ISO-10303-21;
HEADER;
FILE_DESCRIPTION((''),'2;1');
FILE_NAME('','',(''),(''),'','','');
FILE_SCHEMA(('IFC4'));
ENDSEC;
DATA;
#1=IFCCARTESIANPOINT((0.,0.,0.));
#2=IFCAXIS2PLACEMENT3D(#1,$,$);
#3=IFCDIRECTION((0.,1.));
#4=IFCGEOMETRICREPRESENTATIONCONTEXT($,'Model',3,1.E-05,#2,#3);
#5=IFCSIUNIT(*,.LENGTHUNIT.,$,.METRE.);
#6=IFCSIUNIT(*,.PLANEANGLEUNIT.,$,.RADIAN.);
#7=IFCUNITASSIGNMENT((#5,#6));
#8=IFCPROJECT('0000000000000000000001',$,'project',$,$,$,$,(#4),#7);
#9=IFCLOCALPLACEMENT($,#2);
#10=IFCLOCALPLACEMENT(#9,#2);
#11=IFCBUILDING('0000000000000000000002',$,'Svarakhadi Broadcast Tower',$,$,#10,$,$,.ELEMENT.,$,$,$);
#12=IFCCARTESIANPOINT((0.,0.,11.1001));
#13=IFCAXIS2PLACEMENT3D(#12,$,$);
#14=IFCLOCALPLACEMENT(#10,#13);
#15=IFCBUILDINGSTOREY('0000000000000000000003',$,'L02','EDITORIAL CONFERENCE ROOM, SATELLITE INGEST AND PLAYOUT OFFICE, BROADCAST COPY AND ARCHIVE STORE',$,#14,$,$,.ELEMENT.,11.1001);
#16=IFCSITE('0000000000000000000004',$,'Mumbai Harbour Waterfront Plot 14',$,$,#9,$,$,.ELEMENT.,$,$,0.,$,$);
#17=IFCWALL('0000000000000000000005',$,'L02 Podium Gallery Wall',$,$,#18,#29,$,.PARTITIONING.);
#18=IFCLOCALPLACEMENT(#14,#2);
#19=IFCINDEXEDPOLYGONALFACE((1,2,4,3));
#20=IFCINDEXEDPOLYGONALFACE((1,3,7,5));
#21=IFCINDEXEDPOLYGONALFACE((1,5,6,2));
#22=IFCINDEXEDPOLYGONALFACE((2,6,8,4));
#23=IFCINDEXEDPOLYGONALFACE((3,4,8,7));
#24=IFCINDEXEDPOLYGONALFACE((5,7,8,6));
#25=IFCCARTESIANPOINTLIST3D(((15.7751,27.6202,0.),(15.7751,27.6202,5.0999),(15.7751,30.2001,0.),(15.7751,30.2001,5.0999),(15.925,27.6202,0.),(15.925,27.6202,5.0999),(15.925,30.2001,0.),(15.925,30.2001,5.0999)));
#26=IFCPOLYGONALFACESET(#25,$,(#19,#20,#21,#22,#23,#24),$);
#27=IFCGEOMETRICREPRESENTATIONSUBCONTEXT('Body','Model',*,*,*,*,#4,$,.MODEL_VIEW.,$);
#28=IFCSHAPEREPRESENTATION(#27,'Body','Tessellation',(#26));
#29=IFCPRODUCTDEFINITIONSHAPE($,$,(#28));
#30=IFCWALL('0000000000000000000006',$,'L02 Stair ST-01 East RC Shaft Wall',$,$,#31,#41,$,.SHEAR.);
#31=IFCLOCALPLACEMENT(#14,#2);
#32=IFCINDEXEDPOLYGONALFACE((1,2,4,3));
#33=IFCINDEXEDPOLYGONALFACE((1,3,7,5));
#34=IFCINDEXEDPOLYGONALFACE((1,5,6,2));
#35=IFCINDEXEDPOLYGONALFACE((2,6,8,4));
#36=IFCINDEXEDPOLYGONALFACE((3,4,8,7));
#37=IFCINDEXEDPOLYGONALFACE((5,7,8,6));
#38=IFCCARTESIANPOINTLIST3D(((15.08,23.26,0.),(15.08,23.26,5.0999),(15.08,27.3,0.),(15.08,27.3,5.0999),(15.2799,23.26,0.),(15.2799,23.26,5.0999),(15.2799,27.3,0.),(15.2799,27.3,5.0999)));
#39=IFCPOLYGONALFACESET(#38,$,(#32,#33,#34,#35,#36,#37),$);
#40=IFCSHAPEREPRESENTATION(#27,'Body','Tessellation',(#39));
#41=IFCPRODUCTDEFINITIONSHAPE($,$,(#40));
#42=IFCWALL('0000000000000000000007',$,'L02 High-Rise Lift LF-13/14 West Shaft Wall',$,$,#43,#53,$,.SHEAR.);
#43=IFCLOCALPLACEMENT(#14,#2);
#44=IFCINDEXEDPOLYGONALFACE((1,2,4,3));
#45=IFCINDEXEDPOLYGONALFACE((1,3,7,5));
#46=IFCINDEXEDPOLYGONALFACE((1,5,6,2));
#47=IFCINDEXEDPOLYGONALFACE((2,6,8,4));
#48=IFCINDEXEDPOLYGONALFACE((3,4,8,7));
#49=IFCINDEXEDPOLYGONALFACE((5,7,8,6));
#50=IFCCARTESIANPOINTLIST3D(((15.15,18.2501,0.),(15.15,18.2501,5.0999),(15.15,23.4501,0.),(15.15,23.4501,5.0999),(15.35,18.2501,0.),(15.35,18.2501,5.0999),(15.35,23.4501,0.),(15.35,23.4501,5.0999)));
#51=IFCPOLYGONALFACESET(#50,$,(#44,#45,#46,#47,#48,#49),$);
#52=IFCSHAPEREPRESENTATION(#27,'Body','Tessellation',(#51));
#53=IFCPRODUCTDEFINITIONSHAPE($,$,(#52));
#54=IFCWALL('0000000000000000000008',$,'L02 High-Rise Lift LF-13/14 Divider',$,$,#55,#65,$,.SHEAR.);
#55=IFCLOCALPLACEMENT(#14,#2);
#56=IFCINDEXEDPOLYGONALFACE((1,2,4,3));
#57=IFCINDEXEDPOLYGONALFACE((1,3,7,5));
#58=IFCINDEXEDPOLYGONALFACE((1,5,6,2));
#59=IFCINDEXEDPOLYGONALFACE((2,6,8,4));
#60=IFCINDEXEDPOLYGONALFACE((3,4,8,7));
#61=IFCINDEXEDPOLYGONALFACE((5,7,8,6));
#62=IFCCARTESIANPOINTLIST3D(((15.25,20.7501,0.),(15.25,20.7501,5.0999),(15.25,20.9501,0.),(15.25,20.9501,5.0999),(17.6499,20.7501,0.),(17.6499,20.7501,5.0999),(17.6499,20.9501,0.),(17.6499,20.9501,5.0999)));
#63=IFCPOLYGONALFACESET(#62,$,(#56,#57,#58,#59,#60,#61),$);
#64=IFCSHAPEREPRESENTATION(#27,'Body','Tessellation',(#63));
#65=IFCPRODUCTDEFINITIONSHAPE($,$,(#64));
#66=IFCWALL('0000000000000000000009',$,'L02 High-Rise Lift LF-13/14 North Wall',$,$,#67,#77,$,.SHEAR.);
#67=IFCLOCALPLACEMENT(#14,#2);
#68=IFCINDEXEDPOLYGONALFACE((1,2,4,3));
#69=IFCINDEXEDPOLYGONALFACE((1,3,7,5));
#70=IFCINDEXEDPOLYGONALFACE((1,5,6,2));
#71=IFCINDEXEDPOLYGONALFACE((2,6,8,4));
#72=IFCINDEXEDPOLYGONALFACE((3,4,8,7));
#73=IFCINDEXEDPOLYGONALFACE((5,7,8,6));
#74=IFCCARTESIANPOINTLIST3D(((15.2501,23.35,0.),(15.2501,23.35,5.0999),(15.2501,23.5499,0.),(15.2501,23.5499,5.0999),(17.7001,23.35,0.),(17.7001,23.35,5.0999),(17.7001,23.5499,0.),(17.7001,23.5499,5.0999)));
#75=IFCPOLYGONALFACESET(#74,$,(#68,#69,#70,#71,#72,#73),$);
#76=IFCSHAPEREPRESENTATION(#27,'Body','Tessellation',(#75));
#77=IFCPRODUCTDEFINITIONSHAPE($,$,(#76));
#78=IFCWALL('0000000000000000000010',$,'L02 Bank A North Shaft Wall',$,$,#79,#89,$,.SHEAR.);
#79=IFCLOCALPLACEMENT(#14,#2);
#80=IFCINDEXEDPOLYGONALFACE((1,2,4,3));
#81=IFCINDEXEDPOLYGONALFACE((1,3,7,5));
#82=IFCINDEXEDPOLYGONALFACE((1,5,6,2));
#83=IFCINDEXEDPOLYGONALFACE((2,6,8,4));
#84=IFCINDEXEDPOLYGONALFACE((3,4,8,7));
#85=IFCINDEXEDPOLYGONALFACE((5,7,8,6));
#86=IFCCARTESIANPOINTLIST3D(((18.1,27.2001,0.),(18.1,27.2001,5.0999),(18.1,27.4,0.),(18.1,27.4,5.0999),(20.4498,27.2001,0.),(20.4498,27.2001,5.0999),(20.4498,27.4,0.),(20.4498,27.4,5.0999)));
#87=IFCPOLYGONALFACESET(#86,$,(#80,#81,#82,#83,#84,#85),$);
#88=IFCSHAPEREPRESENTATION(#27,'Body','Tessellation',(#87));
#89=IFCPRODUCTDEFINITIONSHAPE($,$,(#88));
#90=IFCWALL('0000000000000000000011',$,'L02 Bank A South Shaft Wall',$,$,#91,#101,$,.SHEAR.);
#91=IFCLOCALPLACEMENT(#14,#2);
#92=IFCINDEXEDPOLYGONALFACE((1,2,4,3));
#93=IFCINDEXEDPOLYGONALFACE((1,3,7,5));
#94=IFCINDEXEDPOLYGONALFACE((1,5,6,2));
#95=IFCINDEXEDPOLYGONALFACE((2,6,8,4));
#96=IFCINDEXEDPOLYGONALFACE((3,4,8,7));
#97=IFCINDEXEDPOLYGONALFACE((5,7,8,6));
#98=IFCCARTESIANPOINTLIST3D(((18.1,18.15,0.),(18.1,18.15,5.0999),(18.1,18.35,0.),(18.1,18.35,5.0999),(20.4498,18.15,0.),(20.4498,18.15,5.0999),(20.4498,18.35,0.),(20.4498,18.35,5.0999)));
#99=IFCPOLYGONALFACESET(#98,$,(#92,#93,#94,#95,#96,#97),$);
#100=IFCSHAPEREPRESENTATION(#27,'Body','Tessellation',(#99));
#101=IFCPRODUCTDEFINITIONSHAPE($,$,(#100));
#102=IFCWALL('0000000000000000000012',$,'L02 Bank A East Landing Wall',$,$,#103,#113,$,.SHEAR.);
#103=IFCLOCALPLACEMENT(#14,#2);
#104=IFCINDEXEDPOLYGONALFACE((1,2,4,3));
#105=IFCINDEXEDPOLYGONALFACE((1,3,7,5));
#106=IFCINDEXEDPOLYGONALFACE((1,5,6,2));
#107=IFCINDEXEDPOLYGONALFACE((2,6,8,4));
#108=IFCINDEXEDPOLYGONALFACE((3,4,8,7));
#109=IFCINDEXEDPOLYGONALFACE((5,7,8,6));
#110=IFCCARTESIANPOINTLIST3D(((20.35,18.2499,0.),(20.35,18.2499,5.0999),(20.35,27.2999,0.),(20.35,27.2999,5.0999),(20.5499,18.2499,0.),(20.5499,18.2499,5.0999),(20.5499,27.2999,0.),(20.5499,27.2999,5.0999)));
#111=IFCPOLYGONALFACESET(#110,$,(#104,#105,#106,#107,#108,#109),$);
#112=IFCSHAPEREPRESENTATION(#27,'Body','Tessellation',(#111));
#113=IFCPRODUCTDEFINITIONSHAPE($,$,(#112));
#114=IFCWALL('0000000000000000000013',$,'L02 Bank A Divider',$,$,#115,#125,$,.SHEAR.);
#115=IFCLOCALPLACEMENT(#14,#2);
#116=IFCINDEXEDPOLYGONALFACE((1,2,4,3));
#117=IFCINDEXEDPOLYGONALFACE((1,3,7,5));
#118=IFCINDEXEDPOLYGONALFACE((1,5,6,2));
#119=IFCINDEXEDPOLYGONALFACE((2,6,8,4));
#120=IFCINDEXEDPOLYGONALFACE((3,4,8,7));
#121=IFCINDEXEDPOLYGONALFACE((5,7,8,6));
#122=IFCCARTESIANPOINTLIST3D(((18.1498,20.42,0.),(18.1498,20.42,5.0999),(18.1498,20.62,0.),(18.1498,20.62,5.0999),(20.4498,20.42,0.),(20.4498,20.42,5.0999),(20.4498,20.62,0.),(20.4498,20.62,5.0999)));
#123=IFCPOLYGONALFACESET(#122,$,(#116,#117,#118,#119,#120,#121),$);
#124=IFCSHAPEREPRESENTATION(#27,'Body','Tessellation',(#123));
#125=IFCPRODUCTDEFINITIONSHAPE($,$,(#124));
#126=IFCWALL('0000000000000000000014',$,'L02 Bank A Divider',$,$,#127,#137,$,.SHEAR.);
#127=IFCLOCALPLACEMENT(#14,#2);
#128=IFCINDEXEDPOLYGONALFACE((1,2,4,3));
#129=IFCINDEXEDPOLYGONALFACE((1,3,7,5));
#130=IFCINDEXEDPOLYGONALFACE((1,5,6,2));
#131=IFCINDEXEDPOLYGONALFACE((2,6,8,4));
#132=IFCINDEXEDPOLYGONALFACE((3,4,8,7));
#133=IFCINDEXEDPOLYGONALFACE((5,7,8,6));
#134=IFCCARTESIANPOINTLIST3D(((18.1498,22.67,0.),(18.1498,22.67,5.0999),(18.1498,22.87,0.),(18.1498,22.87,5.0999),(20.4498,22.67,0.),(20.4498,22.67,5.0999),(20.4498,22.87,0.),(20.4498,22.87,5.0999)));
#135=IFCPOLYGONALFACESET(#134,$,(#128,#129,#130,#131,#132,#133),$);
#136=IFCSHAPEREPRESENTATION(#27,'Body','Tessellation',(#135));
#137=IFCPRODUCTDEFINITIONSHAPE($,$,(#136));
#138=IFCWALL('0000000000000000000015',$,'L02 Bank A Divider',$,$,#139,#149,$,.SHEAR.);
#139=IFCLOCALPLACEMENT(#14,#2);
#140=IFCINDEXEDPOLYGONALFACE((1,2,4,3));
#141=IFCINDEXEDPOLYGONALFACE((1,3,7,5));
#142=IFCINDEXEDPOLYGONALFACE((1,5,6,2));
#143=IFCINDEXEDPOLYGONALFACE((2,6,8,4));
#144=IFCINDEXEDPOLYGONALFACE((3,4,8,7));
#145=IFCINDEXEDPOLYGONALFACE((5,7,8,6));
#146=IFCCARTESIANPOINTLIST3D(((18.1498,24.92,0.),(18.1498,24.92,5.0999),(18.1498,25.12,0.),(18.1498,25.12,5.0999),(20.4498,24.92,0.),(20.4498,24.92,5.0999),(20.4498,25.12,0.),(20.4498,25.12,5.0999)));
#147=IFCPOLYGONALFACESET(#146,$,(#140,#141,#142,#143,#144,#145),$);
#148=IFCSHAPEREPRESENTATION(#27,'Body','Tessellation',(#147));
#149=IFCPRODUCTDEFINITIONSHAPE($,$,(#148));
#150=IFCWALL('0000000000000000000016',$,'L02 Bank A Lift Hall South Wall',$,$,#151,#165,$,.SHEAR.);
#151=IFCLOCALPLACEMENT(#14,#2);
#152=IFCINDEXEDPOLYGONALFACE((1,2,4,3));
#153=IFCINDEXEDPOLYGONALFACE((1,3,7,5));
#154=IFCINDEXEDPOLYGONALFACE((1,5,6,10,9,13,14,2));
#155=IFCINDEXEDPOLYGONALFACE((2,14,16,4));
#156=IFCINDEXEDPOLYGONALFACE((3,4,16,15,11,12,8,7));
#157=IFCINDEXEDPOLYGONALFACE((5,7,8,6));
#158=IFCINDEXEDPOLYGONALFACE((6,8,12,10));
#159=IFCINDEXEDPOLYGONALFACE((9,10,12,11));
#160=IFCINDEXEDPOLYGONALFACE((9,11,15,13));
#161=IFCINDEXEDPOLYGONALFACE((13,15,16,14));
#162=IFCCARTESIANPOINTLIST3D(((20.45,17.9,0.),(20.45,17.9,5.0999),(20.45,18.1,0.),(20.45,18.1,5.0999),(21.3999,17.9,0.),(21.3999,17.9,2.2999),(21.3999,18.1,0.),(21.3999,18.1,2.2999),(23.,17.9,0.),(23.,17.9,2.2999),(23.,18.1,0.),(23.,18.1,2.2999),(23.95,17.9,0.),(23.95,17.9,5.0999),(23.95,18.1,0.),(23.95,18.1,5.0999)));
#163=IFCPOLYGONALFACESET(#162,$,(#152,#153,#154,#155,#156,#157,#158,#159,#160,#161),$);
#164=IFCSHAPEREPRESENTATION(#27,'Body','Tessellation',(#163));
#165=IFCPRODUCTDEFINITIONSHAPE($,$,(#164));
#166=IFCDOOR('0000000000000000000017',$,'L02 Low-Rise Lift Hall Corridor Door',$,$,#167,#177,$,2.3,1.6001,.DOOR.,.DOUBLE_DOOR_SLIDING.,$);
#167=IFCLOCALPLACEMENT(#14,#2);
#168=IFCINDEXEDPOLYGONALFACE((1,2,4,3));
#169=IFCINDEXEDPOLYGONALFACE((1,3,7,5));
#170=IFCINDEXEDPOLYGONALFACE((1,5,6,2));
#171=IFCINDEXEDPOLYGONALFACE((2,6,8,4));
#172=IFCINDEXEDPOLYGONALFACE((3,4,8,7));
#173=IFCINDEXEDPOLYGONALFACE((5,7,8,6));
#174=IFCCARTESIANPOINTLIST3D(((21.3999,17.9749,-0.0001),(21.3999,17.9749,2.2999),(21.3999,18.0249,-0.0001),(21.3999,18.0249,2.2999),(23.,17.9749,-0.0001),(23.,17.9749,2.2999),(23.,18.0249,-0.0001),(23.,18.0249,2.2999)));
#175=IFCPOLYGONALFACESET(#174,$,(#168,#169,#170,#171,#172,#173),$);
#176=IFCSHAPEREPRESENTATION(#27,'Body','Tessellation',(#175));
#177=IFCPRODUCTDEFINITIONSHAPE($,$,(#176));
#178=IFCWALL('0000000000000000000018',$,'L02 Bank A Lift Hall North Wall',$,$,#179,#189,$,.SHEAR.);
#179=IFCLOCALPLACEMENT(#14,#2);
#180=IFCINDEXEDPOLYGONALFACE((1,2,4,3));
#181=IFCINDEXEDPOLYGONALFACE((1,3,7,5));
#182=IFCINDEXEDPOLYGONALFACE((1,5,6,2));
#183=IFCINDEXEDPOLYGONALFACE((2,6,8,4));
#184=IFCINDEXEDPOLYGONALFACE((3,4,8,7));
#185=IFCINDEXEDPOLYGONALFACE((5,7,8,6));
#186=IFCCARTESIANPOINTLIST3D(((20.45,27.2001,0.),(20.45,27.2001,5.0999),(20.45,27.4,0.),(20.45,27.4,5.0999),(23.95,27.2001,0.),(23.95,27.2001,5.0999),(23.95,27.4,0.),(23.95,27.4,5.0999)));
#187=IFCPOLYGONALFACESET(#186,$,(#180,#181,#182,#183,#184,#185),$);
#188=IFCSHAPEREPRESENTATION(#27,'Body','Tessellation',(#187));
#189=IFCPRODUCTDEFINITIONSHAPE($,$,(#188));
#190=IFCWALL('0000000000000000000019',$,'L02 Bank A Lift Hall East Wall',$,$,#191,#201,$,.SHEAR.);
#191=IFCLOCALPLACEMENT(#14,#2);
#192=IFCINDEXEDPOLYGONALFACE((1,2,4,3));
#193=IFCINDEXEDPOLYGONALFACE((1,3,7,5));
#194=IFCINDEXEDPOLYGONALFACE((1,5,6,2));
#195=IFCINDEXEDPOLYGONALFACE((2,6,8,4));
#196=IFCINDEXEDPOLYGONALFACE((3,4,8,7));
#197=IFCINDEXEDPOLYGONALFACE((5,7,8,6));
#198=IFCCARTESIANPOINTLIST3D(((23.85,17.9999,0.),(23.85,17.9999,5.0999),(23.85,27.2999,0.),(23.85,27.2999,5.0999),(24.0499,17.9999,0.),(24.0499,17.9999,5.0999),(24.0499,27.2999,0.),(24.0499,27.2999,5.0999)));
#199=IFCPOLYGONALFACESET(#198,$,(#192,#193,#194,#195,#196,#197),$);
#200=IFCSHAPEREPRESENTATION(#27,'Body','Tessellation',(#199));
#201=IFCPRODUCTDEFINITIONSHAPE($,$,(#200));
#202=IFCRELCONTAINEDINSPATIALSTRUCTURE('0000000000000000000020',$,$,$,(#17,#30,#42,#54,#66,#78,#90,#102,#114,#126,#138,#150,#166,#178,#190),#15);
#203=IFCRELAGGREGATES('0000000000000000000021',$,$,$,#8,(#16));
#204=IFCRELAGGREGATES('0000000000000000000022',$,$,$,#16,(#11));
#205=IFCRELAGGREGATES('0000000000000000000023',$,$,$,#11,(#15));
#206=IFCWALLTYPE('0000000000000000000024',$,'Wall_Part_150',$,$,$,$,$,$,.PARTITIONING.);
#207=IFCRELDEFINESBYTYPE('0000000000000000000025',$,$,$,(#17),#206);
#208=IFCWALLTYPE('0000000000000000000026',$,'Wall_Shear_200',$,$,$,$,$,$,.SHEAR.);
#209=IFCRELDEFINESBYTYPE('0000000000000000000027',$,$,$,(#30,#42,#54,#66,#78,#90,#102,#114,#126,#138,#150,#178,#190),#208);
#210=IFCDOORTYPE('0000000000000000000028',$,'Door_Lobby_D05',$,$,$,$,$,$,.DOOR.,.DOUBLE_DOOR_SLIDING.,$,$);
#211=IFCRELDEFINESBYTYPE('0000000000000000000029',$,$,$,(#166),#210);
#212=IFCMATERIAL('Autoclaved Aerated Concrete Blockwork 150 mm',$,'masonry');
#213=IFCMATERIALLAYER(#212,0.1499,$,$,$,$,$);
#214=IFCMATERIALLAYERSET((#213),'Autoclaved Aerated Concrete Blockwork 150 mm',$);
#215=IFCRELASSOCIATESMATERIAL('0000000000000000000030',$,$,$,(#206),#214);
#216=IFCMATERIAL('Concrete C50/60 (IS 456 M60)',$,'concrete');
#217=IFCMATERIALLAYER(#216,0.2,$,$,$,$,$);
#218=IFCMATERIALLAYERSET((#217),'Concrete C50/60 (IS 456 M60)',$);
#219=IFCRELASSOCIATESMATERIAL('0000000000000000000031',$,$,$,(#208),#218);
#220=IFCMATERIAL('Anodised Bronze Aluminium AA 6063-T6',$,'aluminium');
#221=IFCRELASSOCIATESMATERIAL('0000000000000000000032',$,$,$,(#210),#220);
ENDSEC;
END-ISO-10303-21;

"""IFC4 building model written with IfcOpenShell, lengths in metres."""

from ifc_helpers import new_model, si_unit, direction, frame, frame_2d, origin, place, context, subcontext, project, spatial, rectangle, extrude, material, layer, layer_set, type_object, element, fill, save


model = new_model("IFC4")

# Units and contexts
model_context = context("Model", 3, precision=1e-05, world=origin(), true_north=direction((0.0, 1.0)))
body_context = subcontext(model_context, "Body", "Model", "MODEL_VIEW")
ifc_project = project(units=[si_unit("LENGTHUNIT", "METRE"), si_unit("PLANEANGLEUNIT", "RADIAN")], contexts=[model_context])

# Site, building, storey
site_placement = place(None, origin())
site = spatial("IfcSite", under=ifc_project, at=site_placement, Name="Mumbai Harbour Waterfront Plot 14", CompositionType="ELEMENT", RefElevation=0.0)
building_placement = place(site_placement, origin())
building = spatial("IfcBuilding", under=site, at=building_placement, Name="Svarakhadi Broadcast Tower", CompositionType="ELEMENT")
storey_placement = place(building_placement, frame((0.0, 0.0, 11.1001)))
storey = spatial("IfcBuildingStorey", under=building, at=storey_placement, Name="L02", Description="EDITORIAL CONFERENCE ROOM, SATELLITE INGEST AND PLAYOUT OFFICE, BROADCAST COPY AND ARCHIVE STORE", CompositionType="ELEMENT", Elevation=11.1001)

# Shared definitions
ifc_material_1 = material(Name="Autoclaved Aerated Concrete Blockwork 150 mm", Category="masonry")
ifc_layer_1 = layer(ifc_material_1, 0.1499)
ifc_layer_set_1 = layer_set([ifc_layer_1], Name="Autoclaved Aerated Concrete Blockwork 150 mm")
wall_type_1 = type_object("IfcWallType", Name="Wall_Part_150", PredefinedType="PARTITIONING", material=ifc_layer_set_1)

# Walls
wall_1_placement = place(storey_placement, frame((15.8501, 27.6201, 0.0), z_axis=(0.0, 0.0, 1.0), x_axis=(0.0, 1.0, 0.0)))
element("IfcWall", 1, at=wall_1_placement, inside=storey, type_object=wall_type_1, Name="L02 Podium Gallery Wall", PredefinedType="PARTITIONING", context=body_context, shape_type="SweptSolid", body=[
    extrude(rectangle(XDim=2.5798, YDim=0.1499, at=frame_2d((1.29, 0.0))), origin(), (0.0, 0.0, 1.0), 5.0999),
])
ifc_material_2 = material(Name="Concrete C50/60 (IS 456 M60)", Category="concrete")
ifc_layer_2 = layer(ifc_material_2, 0.2)
ifc_layer_set_2 = layer_set([ifc_layer_2], Name="Concrete C50/60 (IS 456 M60)")
wall_type_2 = type_object("IfcWallType", Name="Wall_Shear_200", PredefinedType="SHEAR", material=ifc_layer_set_2)
wall_2_placement = place(storey_placement, frame((15.1799, 23.26, 0.0), z_axis=(0.0, 0.0, 1.0), x_axis=(0.0, 1.0, 0.0)))
element("IfcWall", 2, at=wall_2_placement, inside=storey, type_object=wall_type_2, Name="L02 Stair ST-01 East RC Shaft Wall", PredefinedType="SHEAR", context=body_context, shape_type="SweptSolid", body=[
    extrude(rectangle(XDim=4.04, YDim=0.2, at=frame_2d((2.02, 0.0))), origin(), (0.0, 0.0, 1.0), 5.0999),
])
wall_3_placement = place(storey_placement, frame((15.25, 18.25, 0.0), z_axis=(0.0, 0.0, 1.0), x_axis=(0.0, 1.0, 0.0)))
element("IfcWall", 3, at=wall_3_placement, inside=storey, type_object=wall_type_2, Name="L02 High-Rise Lift LF-13/14 West Shaft Wall", PredefinedType="SHEAR", context=body_context, shape_type="SweptSolid", body=[
    extrude(rectangle(XDim=5.2, YDim=0.2, at=frame_2d((2.6001, 0.0))), origin(), (0.0, 0.0, 1.0), 5.0999),
])
wall_4_placement = place(storey_placement, frame((15.25, 20.8501, 0.0), z_axis=(0.0, 0.0, 1.0), x_axis=(1.0, 0.0, 0.0)))
element("IfcWall", 4, at=wall_4_placement, inside=storey, type_object=wall_type_2, Name="L02 High-Rise Lift LF-13/14 Divider", PredefinedType="SHEAR", context=body_context, shape_type="SweptSolid", body=[
    extrude(rectangle(XDim=2.3999, YDim=0.2, at=frame_2d((1.2, 0.0))), origin(), (0.0, 0.0, 1.0), 5.0999),
])
wall_5_placement = place(storey_placement, frame((15.25, 23.45, 0.0), z_axis=(0.0, 0.0, 1.0), x_axis=(1.0, 0.0, 0.0)))
element("IfcWall", 5, at=wall_5_placement, inside=storey, type_object=wall_type_2, Name="L02 High-Rise Lift LF-13/14 North Wall", PredefinedType="SHEAR", context=body_context, shape_type="SweptSolid", body=[
    extrude(rectangle(XDim=2.45, YDim=0.2, at=frame_2d((1.2251, 0.0))), origin(), (0.0, 0.0, 1.0), 5.0999),
])
for number, where, z_axis, x_axis, name in (
    (6, (18.1001, 27.3, 0.0), (0.0, 0.0, 1.0), (1.0, 0.0, 0.0), "L02 Bank A North Shaft Wall"),
    (7, (18.1001, 18.25, 0.0), (0.0, 0.0, 1.0), (1.0, 0.0, 0.0), "L02 Bank A South Shaft Wall"),
):
    element("IfcWall", number, at=place(storey_placement, frame(where, z_axis=z_axis, x_axis=x_axis)), inside=storey, type_object=wall_type_2, Name=name, PredefinedType="SHEAR", context=body_context, shape_type="SweptSolid", body=[
        extrude(rectangle(XDim=2.3499, YDim=0.2, at=frame_2d((1.1748, 0.0))), origin(), (0.0, 0.0, 1.0), 5.0999),
    ])
wall_6_placement = place(storey_placement, frame((20.45, 18.25, 0.0), z_axis=(0.0, 0.0, 1.0), x_axis=(0.0, 1.0, 0.0)))
element("IfcWall", 8, at=wall_6_placement, inside=storey, type_object=wall_type_2, Name="L02 Bank A East Landing Wall", PredefinedType="SHEAR", context=body_context, shape_type="SweptSolid", body=[
    extrude(rectangle(XDim=9.05, YDim=0.2, at=frame_2d((4.5249, 0.0))), origin(), (0.0, 0.0, 1.0), 5.0999),
])
for number, where, z_axis, x_axis, name in (
    (9, (18.1499, 20.52, 0.0), (0.0, 0.0, 1.0), (1.0, 0.0, 0.0), "L02 Bank A Divider"),
    (10, (18.1499, 22.77, 0.0), (0.0, 0.0, 1.0), (1.0, 0.0, 0.0), "L02 Bank A Divider"),
    (11, (18.1499, 25.02, 0.0), (0.0, 0.0, 1.0), (1.0, 0.0, 0.0), "L02 Bank A Divider"),
):
    element("IfcWall", number, at=place(storey_placement, frame(where, z_axis=z_axis, x_axis=x_axis)), inside=storey, type_object=wall_type_2, Name=name, PredefinedType="SHEAR", context=body_context, shape_type="SweptSolid", body=[
        extrude(rectangle(XDim=2.3, YDim=0.2, at=frame_2d((1.1499, 0.0))), origin(), (0.0, 0.0, 1.0), 5.0999),
    ])

# Wall, opening, door
wall_7_placement = place(storey_placement, frame((20.45, 18.0, 0.0), z_axis=(0.0, 0.0, 1.0), x_axis=(1.0, 0.0, 0.0)))
wall_7 = element("IfcWall", 12, at=wall_7_placement, inside=storey, type_object=wall_type_2, Name="L02 Bank A Lift Hall South Wall", PredefinedType="SHEAR", context=body_context, shape_type="SweptSolid", body=[
    extrude(rectangle(XDim=3.5, YDim=0.2, at=frame_2d((1.75, 0.0))), origin(), (0.0, 0.0, 1.0), 5.0999),
])
opening_1_placement = place(wall_7_placement, frame((0.95, 0.0, 0.0)))
opening_1 = element("IfcOpeningElement", 13, at=opening_1_placement, cuts=wall_7, PredefinedType="OPENING", context=body_context, shape_type="SweptSolid", body=[
    extrude(rectangle(XDim=1.6001, YDim=2.3, at=frame_2d((0.8, 1.1499))), frame((0.0, 0.1099, 0.0), z_axis=(0.0, -1.0, 0.0), x_axis=(1.0, 0.0, 0.0)), (0.0, 0.0, 1.0), 0.22),
])
ifc_material_3 = material(Name="Anodised Bronze Aluminium AA 6063-T6", Category="aluminium")
door_type_1 = type_object("IfcDoorType", Name="Door_Lobby_D05", OperationType="DOUBLE_DOOR_SLIDING", PredefinedType="DOOR", material=ifc_material_3)
door_1_placement = place(opening_1_placement, origin())
door_1 = element("IfcDoor", 14, at=door_1_placement, inside=storey, type_object=door_type_1, Name="L02 Low-Rise Lift Hall Corridor Door", OperationType="DOUBLE_DOOR_SLIDING", OverallHeight=2.3, OverallWidth=1.6001, PredefinedType="DOOR", context=body_context, shape_type="SweptSolid", body=[
    extrude(rectangle(XDim=1.6001, YDim=2.3, at=frame_2d((0.8, 1.1499))), frame((0.0, 0.0249, 0.0), z_axis=(0.0, -1.0, 0.0), x_axis=(1.0, 0.0, 0.0)), (0.0, 0.0, 1.0), 0.05),
])
fill(opening_1, door_1)

# Walls
wall_8_placement = place(storey_placement, frame((20.45, 27.3, 0.0), z_axis=(0.0, 0.0, 1.0), x_axis=(1.0, 0.0, 0.0)))
element("IfcWall", 15, at=wall_8_placement, inside=storey, type_object=wall_type_2, Name="L02 Bank A Lift Hall North Wall", PredefinedType="SHEAR", context=body_context, shape_type="SweptSolid", body=[
    extrude(rectangle(XDim=3.5, YDim=0.2, at=frame_2d((1.75, 0.0))), origin(), (0.0, 0.0, 1.0), 5.0999),
])
wall_9_placement = place(storey_placement, frame((23.95, 18.0, 0.0), z_axis=(0.0, 0.0, 1.0), x_axis=(0.0, 1.0, 0.0)))
element("IfcWall", 16, at=wall_9_placement, inside=storey, type_object=wall_type_2, Name="L02 Bank A Lift Hall East Wall", PredefinedType="SHEAR", context=body_context, shape_type="SweptSolid", body=[
    extrude(rectangle(XDim=9.3, YDim=0.2, at=frame_2d((4.6499, 0.0))), origin(), (0.0, 0.0, 1.0), 5.0999),
])

save(model, "model.ifc")
